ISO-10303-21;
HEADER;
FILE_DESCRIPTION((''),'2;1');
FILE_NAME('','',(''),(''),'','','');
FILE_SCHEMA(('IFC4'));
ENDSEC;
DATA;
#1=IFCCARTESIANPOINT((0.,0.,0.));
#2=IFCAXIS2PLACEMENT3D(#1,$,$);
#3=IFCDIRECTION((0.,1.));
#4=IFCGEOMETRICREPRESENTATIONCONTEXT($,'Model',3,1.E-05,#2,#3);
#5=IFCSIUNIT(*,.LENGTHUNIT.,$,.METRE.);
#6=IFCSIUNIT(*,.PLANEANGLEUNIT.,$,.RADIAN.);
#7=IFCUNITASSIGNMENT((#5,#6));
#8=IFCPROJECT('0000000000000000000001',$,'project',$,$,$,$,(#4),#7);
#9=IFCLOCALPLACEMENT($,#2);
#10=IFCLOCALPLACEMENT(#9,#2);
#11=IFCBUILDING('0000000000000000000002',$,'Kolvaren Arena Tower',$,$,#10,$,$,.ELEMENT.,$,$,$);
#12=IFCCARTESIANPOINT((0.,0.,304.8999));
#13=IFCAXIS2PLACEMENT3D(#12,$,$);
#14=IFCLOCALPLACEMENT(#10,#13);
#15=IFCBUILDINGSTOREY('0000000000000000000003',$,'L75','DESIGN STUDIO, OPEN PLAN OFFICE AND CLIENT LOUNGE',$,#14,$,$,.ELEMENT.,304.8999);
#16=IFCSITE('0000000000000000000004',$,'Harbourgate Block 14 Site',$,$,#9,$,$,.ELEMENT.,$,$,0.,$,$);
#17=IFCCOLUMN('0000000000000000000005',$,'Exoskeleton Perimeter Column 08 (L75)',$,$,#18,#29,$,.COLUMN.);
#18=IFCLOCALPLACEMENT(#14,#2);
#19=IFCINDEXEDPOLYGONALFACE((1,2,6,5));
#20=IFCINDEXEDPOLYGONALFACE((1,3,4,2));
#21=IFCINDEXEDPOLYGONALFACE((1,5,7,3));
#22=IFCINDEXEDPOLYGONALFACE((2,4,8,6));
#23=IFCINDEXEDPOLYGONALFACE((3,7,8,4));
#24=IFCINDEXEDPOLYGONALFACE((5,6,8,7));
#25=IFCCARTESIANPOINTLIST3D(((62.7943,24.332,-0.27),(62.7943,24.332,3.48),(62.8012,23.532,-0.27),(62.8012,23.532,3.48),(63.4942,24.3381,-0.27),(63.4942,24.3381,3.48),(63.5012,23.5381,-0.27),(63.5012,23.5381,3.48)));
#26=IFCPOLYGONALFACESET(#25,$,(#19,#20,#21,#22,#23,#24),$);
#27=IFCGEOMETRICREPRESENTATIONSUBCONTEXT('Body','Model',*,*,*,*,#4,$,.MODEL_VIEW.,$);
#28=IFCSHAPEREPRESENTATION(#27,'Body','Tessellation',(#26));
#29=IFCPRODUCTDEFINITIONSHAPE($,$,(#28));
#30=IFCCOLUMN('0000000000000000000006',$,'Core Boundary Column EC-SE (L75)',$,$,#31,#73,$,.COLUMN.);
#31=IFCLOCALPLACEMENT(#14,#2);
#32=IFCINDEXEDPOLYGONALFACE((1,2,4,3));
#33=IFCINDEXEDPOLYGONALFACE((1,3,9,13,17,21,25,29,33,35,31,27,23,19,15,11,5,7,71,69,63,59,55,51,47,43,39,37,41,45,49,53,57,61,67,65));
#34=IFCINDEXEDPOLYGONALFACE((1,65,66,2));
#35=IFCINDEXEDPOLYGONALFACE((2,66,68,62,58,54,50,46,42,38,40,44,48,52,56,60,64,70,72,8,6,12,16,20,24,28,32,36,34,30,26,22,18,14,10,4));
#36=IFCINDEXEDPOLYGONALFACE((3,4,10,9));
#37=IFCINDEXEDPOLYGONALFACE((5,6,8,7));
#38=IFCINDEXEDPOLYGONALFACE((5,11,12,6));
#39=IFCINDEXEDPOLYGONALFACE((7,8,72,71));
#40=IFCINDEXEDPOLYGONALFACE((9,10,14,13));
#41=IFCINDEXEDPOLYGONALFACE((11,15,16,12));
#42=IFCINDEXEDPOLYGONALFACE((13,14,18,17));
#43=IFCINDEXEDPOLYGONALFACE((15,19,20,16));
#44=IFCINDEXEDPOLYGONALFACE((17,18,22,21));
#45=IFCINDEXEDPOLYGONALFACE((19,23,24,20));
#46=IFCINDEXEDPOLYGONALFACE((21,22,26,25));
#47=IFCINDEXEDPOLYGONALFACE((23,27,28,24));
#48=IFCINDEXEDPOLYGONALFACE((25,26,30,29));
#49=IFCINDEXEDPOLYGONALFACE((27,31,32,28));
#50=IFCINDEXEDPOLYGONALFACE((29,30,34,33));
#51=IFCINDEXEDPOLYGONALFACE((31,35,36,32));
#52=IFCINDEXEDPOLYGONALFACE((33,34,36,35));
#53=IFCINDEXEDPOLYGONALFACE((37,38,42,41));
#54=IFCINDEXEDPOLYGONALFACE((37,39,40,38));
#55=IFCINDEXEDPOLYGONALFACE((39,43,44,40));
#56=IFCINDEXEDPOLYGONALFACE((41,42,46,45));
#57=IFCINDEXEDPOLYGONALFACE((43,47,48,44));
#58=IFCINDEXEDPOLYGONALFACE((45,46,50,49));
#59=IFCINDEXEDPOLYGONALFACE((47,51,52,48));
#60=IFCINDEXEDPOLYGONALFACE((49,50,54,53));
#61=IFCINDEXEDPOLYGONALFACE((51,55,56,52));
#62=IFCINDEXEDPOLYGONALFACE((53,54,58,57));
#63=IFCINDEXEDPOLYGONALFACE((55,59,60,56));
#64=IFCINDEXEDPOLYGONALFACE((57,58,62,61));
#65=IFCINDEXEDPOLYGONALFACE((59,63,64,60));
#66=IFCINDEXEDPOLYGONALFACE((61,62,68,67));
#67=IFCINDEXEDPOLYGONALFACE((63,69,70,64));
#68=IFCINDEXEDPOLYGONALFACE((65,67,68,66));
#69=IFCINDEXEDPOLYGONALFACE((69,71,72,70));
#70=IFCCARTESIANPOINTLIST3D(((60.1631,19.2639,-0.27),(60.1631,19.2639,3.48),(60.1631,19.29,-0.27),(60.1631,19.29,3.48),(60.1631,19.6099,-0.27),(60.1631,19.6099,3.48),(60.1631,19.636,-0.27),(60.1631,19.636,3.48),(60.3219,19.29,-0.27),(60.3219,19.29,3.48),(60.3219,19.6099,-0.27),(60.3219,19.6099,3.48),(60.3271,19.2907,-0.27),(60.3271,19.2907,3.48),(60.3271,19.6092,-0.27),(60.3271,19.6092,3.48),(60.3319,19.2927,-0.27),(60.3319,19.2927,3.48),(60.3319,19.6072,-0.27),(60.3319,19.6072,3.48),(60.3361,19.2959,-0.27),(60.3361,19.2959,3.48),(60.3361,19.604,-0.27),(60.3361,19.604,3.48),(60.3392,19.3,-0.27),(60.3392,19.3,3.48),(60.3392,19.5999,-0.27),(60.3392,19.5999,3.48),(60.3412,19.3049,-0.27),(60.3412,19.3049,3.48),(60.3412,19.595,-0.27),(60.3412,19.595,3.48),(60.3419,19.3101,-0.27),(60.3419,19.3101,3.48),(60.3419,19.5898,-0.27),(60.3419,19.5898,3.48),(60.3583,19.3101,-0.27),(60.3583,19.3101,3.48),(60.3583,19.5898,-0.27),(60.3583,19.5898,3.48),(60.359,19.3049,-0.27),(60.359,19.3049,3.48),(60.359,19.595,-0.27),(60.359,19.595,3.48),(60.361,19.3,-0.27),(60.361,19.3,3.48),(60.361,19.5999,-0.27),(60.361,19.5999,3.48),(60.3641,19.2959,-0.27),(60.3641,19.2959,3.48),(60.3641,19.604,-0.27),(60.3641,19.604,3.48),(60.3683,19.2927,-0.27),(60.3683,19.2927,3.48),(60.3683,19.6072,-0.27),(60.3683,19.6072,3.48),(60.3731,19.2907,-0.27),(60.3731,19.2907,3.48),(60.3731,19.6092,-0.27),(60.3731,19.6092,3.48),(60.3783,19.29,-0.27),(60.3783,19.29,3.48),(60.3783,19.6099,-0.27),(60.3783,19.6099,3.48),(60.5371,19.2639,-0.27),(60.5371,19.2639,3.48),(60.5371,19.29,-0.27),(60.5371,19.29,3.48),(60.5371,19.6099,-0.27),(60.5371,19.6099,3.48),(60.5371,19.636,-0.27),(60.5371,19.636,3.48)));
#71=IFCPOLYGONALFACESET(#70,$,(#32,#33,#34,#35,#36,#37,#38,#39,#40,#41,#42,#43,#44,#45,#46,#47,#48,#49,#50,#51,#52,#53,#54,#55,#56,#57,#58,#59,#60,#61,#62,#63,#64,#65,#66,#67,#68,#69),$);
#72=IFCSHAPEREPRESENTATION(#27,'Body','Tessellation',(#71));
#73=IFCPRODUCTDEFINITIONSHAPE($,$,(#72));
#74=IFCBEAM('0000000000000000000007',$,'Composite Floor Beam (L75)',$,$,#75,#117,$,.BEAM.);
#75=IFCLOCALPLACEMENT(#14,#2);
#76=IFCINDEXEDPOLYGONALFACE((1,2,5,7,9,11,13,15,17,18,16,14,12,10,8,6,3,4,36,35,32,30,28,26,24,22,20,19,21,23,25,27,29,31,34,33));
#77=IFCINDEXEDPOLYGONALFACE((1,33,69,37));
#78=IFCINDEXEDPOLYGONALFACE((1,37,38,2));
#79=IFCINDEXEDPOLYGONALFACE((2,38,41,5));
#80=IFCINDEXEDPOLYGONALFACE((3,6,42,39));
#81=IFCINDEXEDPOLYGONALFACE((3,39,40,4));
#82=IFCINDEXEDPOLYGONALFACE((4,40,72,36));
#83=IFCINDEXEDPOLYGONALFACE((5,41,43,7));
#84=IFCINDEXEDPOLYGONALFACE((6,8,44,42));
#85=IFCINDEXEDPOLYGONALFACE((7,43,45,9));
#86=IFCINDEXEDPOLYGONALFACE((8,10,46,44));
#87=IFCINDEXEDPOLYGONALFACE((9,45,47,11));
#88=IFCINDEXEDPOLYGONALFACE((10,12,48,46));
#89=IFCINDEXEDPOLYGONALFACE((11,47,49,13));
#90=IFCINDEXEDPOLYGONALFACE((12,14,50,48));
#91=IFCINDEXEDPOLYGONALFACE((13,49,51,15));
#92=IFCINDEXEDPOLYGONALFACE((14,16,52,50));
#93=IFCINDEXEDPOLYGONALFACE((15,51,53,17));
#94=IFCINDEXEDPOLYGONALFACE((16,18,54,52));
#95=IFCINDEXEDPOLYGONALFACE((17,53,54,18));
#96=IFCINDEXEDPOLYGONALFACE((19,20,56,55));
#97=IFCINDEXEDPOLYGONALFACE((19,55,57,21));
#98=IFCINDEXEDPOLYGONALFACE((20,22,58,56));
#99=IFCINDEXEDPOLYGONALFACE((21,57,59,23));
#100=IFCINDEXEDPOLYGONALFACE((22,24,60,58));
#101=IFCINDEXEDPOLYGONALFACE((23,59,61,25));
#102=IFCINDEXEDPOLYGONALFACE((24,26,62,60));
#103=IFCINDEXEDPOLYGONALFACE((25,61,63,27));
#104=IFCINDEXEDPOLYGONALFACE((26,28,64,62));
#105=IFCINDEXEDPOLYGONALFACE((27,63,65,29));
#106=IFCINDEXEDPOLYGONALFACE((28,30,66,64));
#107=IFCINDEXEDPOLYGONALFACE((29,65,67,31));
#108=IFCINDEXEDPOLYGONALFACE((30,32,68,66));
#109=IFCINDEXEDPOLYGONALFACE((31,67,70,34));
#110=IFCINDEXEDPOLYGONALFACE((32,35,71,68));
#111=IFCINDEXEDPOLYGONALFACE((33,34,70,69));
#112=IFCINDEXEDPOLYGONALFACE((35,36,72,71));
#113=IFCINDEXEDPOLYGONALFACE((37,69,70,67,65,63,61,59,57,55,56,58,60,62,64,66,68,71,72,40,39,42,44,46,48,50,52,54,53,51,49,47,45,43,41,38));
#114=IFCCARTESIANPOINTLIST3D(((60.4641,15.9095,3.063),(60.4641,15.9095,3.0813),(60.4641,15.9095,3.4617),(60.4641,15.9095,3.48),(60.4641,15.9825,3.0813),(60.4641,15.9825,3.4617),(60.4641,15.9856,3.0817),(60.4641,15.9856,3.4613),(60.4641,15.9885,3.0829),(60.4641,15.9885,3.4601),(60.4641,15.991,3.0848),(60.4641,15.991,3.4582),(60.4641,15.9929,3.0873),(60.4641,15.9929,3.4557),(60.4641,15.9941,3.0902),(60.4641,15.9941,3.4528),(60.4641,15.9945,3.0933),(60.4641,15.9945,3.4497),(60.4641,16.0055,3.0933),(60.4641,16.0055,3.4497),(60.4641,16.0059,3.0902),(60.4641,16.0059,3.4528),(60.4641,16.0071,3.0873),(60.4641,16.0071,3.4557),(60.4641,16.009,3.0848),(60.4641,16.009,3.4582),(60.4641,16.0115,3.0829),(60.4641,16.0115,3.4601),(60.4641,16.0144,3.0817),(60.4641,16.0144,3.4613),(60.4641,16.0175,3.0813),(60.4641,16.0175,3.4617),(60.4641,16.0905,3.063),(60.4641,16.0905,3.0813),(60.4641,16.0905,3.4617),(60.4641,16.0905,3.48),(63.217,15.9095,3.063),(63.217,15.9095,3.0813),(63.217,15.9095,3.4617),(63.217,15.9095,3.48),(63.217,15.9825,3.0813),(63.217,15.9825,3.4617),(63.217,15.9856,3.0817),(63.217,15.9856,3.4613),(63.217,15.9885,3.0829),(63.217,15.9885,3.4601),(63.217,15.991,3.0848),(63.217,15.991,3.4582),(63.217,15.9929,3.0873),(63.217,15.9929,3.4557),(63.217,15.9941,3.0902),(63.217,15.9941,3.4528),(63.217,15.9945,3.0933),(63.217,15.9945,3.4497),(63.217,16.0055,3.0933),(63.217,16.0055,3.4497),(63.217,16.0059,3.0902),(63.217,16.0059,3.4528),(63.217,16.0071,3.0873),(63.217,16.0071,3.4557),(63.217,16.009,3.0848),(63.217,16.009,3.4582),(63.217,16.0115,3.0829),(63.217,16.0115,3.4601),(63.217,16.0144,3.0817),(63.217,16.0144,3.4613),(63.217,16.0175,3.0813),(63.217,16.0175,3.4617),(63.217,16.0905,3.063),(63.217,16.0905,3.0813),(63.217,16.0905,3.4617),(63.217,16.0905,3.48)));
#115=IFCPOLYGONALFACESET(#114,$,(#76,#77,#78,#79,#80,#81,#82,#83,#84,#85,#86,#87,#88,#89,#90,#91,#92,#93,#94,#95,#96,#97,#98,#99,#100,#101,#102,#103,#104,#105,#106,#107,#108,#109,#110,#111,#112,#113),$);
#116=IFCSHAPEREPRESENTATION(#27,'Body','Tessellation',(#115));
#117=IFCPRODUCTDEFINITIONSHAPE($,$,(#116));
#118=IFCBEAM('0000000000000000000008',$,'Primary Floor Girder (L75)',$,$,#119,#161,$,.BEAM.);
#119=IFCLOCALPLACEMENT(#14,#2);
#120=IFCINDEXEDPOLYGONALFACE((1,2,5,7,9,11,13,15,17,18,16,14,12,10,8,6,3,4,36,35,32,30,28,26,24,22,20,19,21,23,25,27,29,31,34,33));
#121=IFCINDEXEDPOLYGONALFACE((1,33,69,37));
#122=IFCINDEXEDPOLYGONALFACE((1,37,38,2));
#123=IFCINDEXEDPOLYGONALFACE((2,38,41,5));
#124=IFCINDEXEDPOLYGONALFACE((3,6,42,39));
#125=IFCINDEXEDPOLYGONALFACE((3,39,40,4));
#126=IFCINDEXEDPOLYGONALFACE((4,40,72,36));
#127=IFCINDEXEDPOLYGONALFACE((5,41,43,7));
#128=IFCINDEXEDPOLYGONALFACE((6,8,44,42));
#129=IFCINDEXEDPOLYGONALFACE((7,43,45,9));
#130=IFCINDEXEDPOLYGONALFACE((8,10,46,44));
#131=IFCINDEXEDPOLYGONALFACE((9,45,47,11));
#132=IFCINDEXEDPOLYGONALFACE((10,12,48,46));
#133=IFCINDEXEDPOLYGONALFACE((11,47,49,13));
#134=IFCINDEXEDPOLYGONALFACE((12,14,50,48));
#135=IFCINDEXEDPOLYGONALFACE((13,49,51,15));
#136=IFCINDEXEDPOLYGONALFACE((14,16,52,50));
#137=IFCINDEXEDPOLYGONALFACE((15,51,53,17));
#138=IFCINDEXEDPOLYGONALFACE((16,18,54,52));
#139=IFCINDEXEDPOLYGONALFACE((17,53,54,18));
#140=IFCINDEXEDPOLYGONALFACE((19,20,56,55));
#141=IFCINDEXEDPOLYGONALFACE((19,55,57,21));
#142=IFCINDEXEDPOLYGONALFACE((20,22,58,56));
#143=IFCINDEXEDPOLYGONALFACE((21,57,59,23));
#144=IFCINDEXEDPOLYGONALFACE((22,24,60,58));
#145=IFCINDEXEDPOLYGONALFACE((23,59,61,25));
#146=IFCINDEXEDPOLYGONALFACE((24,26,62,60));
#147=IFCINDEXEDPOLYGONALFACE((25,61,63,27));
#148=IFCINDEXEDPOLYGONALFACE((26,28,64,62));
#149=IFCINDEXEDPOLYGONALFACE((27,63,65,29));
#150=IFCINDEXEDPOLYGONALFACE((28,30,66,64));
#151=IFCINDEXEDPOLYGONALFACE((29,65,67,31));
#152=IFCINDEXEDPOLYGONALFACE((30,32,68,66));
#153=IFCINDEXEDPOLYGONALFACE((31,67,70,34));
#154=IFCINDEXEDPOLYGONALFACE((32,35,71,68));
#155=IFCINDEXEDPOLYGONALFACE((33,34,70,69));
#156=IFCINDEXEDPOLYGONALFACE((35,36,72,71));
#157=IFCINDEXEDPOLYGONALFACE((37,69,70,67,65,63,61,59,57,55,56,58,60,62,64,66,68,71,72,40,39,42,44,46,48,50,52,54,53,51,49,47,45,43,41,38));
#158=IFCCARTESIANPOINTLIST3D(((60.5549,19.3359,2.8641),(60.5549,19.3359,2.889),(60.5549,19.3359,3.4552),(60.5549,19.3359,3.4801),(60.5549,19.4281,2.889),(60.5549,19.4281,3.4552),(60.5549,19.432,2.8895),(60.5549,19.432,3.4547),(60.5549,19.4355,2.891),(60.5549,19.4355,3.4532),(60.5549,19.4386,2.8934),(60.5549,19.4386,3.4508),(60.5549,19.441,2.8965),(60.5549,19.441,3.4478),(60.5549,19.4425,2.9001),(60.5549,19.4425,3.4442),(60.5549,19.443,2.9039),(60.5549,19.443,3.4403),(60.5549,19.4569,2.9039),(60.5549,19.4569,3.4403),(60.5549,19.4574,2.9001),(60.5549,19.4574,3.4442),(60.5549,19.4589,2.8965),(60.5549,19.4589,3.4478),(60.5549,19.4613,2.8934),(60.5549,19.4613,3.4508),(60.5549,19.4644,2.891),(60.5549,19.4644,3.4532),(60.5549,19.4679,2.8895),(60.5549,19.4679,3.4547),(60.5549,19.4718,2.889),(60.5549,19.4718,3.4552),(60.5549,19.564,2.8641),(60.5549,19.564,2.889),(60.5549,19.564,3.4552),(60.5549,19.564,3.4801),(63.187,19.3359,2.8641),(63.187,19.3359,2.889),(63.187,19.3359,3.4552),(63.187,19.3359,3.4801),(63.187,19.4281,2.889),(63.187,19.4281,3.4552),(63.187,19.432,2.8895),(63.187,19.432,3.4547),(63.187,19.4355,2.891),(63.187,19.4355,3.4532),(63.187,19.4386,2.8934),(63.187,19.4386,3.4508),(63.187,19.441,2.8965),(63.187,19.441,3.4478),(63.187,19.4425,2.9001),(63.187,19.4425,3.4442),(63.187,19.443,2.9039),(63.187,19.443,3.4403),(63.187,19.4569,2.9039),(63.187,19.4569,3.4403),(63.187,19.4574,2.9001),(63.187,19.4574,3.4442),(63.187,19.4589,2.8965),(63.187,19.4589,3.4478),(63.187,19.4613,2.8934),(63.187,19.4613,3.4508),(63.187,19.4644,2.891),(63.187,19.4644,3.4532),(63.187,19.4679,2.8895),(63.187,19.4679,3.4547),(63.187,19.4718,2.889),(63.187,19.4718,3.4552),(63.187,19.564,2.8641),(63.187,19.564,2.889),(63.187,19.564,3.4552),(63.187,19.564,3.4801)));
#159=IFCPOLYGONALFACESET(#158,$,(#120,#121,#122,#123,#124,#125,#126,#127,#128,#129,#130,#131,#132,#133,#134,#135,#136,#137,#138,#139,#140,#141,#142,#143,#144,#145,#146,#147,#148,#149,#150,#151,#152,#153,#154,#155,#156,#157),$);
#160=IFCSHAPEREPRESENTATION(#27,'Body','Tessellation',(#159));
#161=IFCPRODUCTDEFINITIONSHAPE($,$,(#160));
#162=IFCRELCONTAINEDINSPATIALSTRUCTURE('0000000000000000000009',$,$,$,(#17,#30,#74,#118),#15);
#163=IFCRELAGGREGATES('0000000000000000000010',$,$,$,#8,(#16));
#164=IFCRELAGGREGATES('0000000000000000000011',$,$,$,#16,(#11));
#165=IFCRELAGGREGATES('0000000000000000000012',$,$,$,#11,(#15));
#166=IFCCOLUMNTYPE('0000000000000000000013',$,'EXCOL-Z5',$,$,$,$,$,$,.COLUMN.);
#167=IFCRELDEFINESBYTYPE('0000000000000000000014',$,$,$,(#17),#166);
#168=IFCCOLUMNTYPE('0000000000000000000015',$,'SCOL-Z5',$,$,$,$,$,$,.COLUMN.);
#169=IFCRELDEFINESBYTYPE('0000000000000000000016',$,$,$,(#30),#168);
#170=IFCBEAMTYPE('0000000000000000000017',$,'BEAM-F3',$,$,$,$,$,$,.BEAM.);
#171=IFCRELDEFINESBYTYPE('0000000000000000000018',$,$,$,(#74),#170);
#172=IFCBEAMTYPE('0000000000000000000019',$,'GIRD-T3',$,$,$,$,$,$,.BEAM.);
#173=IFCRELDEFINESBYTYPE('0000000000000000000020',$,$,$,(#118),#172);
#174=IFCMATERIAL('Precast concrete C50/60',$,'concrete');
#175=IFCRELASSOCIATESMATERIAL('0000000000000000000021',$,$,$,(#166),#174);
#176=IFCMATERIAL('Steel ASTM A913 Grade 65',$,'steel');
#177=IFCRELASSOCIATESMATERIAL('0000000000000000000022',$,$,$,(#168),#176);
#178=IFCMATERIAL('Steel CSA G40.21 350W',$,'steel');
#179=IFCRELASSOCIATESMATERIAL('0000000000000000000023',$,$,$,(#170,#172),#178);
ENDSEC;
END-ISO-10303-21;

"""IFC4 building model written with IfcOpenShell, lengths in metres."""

from ifc_helpers import new_model, si_unit, direction, frame, origin, origin_2d, place, context, subcontext, project, spatial, rectangle, i_section, extrude, material, material_profile, profile_set, type_object, element, save


model = new_model("IFC4")

# Units and contexts
model_context = context("Model", 3, precision=1e-05, world=origin(), true_north=direction((0.0, 1.0)))
body_context = subcontext(model_context, "Body", "Model", "MODEL_VIEW")
ifc_project = project(units=[si_unit("LENGTHUNIT", "METRE"), si_unit("PLANEANGLEUNIT", "RADIAN")], contexts=[model_context])

# Site, building, storey
site_placement = place(None, origin())
site = spatial("IfcSite", under=ifc_project, at=site_placement, Name="Harbourgate Block 14 Site", CompositionType="ELEMENT", RefElevation=0.0)
building_placement = place(site_placement, origin())
building = spatial("IfcBuilding", under=site, at=building_placement, Name="Kolvaren Arena Tower", CompositionType="ELEMENT")
storey_placement = place(building_placement, frame((0.0, 0.0, 304.8999)))
storey = spatial("IfcBuildingStorey", under=building, at=storey_placement, Name="L75", Description="DESIGN STUDIO, OPEN PLAN OFFICE AND CLIENT LOUNGE", CompositionType="ELEMENT", Elevation=304.8999)

# Columns
ifc_material_1 = material(Name="Precast concrete C50/60", Category="concrete")
ifc_material_profile_1 = material_profile(ifc_material_1, rectangle(XDim=0.8, YDim=0.7, at=origin_2d()), Name="RC-800x700")
ifc_profile_set_1 = profile_set([ifc_material_profile_1], Name="Precast concrete C50/60")
column_type_1 = type_object("IfcColumnType", Name="EXCOL-Z5", PredefinedType="COLUMN", material=ifc_profile_set_1)
column_1_placement = place(storey_placement, frame((63.1477, 23.9351, -0.27), z_axis=(0.0, 0.0, 1.0), x_axis=(-0.008727, 0.999962, 0.0)))
element("IfcColumn", 1, at=column_1_placement, inside=storey, type_object=column_type_1, Name="Exoskeleton Perimeter Column 08 (L75)", PredefinedType="COLUMN", context=body_context, shape_type="SweptSolid", body=[
    extrude(rectangle(XDim=0.8, YDim=0.7, at=origin_2d()), origin(), (0.0, 0.0, 1.0), 3.75),
])
ifc_material_2 = material(Name="Steel ASTM A913 Grade 65", Category="steel")
ifc_material_profile_2 = material_profile(ifc_material_2, i_section(OverallWidth=0.374, OverallDepth=0.3721, WebThickness=0.0164, FlangeThickness=0.0261, FilletRadius=0.02, at=origin_2d()), Name="W360x196")
ifc_profile_set_2 = profile_set([ifc_material_profile_2], Name="Steel ASTM A913 Grade 65")
column_type_2 = type_object("IfcColumnType", Name="SCOL-Z5", PredefinedType="COLUMN", material=ifc_profile_set_2)
column_2_placement = place(storey_placement, frame((60.3501, 19.45, -0.27), z_axis=(0.0, 0.0, 1.0), x_axis=(1.0, 0.0, 0.0)))
element("IfcColumn", 2, at=column_2_placement, inside=storey, type_object=column_type_2, Name="Core Boundary Column EC-SE (L75)", PredefinedType="COLUMN", context=body_context, shape_type="SweptSolid", body=[
    extrude(i_section(OverallWidth=0.374, OverallDepth=0.3721, WebThickness=0.0164, FlangeThickness=0.0261, FilletRadius=0.02, at=origin_2d()), origin(), (0.0, 0.0, 1.0), 3.75),
])

# Beams
ifc_material_3 = material(Name="Steel CSA G40.21 350W", Category="steel")
ifc_material_profile_3 = material_profile(ifc_material_3, i_section(OverallWidth=0.1809, OverallDepth=0.417, WebThickness=0.011, FlangeThickness=0.0183, FilletRadius=0.012, at=origin_2d()), Name="W410x85")
ifc_profile_set_3 = profile_set([ifc_material_profile_3], Name="Steel CSA G40.21 350W")
beam_type_1 = type_object("IfcBeamType", Name="BEAM-F3", PredefinedType="BEAM", material=ifc_profile_set_3)
beam_1_placement = place(storey_placement, frame((60.4641, 16.0, 3.2715), z_axis=(1.0, 0.0, 0.0), x_axis=(0.0, 1.0, 0.0)))
element("IfcBeam", 3, at=beam_1_placement, inside=storey, type_object=beam_type_1, Name="Composite Floor Beam (L75)", PredefinedType="BEAM", context=body_context, shape_type="SweptSolid", body=[
    extrude(i_section(OverallWidth=0.1809, OverallDepth=0.417, WebThickness=0.011, FlangeThickness=0.0183, FilletRadius=0.012, at=origin_2d()), origin(), (0.0, 0.0, 1.0), 2.7529),
])
ifc_material_profile_4 = material_profile(ifc_material_3, i_section(OverallWidth=0.228, OverallDepth=0.616, WebThickness=0.0139, FlangeThickness=0.0249, FilletRadius=0.0149, at=origin_2d()), Name="W610x174")
ifc_profile_set_4 = profile_set([ifc_material_profile_4], Name="Steel CSA G40.21 350W")
beam_type_2 = type_object("IfcBeamType", Name="GIRD-T3", PredefinedType="BEAM", material=ifc_profile_set_4)
beam_2_placement = place(storey_placement, frame((60.5549, 19.45, 3.1721), z_axis=(1.0, 0.0, 0.0), x_axis=(0.0, 1.0, 0.0)))
element("IfcBeam", 4, at=beam_2_placement, inside=storey, type_object=beam_type_2, Name="Primary Floor Girder (L75)", PredefinedType="BEAM", context=body_context, shape_type="SweptSolid", body=[
    extrude(i_section(OverallWidth=0.228, OverallDepth=0.616, WebThickness=0.0139, FlangeThickness=0.0249, FilletRadius=0.0149, at=origin_2d()), origin(), (0.0, 0.0, 1.0), 2.6321),
])

save(model, "model.ifc")
